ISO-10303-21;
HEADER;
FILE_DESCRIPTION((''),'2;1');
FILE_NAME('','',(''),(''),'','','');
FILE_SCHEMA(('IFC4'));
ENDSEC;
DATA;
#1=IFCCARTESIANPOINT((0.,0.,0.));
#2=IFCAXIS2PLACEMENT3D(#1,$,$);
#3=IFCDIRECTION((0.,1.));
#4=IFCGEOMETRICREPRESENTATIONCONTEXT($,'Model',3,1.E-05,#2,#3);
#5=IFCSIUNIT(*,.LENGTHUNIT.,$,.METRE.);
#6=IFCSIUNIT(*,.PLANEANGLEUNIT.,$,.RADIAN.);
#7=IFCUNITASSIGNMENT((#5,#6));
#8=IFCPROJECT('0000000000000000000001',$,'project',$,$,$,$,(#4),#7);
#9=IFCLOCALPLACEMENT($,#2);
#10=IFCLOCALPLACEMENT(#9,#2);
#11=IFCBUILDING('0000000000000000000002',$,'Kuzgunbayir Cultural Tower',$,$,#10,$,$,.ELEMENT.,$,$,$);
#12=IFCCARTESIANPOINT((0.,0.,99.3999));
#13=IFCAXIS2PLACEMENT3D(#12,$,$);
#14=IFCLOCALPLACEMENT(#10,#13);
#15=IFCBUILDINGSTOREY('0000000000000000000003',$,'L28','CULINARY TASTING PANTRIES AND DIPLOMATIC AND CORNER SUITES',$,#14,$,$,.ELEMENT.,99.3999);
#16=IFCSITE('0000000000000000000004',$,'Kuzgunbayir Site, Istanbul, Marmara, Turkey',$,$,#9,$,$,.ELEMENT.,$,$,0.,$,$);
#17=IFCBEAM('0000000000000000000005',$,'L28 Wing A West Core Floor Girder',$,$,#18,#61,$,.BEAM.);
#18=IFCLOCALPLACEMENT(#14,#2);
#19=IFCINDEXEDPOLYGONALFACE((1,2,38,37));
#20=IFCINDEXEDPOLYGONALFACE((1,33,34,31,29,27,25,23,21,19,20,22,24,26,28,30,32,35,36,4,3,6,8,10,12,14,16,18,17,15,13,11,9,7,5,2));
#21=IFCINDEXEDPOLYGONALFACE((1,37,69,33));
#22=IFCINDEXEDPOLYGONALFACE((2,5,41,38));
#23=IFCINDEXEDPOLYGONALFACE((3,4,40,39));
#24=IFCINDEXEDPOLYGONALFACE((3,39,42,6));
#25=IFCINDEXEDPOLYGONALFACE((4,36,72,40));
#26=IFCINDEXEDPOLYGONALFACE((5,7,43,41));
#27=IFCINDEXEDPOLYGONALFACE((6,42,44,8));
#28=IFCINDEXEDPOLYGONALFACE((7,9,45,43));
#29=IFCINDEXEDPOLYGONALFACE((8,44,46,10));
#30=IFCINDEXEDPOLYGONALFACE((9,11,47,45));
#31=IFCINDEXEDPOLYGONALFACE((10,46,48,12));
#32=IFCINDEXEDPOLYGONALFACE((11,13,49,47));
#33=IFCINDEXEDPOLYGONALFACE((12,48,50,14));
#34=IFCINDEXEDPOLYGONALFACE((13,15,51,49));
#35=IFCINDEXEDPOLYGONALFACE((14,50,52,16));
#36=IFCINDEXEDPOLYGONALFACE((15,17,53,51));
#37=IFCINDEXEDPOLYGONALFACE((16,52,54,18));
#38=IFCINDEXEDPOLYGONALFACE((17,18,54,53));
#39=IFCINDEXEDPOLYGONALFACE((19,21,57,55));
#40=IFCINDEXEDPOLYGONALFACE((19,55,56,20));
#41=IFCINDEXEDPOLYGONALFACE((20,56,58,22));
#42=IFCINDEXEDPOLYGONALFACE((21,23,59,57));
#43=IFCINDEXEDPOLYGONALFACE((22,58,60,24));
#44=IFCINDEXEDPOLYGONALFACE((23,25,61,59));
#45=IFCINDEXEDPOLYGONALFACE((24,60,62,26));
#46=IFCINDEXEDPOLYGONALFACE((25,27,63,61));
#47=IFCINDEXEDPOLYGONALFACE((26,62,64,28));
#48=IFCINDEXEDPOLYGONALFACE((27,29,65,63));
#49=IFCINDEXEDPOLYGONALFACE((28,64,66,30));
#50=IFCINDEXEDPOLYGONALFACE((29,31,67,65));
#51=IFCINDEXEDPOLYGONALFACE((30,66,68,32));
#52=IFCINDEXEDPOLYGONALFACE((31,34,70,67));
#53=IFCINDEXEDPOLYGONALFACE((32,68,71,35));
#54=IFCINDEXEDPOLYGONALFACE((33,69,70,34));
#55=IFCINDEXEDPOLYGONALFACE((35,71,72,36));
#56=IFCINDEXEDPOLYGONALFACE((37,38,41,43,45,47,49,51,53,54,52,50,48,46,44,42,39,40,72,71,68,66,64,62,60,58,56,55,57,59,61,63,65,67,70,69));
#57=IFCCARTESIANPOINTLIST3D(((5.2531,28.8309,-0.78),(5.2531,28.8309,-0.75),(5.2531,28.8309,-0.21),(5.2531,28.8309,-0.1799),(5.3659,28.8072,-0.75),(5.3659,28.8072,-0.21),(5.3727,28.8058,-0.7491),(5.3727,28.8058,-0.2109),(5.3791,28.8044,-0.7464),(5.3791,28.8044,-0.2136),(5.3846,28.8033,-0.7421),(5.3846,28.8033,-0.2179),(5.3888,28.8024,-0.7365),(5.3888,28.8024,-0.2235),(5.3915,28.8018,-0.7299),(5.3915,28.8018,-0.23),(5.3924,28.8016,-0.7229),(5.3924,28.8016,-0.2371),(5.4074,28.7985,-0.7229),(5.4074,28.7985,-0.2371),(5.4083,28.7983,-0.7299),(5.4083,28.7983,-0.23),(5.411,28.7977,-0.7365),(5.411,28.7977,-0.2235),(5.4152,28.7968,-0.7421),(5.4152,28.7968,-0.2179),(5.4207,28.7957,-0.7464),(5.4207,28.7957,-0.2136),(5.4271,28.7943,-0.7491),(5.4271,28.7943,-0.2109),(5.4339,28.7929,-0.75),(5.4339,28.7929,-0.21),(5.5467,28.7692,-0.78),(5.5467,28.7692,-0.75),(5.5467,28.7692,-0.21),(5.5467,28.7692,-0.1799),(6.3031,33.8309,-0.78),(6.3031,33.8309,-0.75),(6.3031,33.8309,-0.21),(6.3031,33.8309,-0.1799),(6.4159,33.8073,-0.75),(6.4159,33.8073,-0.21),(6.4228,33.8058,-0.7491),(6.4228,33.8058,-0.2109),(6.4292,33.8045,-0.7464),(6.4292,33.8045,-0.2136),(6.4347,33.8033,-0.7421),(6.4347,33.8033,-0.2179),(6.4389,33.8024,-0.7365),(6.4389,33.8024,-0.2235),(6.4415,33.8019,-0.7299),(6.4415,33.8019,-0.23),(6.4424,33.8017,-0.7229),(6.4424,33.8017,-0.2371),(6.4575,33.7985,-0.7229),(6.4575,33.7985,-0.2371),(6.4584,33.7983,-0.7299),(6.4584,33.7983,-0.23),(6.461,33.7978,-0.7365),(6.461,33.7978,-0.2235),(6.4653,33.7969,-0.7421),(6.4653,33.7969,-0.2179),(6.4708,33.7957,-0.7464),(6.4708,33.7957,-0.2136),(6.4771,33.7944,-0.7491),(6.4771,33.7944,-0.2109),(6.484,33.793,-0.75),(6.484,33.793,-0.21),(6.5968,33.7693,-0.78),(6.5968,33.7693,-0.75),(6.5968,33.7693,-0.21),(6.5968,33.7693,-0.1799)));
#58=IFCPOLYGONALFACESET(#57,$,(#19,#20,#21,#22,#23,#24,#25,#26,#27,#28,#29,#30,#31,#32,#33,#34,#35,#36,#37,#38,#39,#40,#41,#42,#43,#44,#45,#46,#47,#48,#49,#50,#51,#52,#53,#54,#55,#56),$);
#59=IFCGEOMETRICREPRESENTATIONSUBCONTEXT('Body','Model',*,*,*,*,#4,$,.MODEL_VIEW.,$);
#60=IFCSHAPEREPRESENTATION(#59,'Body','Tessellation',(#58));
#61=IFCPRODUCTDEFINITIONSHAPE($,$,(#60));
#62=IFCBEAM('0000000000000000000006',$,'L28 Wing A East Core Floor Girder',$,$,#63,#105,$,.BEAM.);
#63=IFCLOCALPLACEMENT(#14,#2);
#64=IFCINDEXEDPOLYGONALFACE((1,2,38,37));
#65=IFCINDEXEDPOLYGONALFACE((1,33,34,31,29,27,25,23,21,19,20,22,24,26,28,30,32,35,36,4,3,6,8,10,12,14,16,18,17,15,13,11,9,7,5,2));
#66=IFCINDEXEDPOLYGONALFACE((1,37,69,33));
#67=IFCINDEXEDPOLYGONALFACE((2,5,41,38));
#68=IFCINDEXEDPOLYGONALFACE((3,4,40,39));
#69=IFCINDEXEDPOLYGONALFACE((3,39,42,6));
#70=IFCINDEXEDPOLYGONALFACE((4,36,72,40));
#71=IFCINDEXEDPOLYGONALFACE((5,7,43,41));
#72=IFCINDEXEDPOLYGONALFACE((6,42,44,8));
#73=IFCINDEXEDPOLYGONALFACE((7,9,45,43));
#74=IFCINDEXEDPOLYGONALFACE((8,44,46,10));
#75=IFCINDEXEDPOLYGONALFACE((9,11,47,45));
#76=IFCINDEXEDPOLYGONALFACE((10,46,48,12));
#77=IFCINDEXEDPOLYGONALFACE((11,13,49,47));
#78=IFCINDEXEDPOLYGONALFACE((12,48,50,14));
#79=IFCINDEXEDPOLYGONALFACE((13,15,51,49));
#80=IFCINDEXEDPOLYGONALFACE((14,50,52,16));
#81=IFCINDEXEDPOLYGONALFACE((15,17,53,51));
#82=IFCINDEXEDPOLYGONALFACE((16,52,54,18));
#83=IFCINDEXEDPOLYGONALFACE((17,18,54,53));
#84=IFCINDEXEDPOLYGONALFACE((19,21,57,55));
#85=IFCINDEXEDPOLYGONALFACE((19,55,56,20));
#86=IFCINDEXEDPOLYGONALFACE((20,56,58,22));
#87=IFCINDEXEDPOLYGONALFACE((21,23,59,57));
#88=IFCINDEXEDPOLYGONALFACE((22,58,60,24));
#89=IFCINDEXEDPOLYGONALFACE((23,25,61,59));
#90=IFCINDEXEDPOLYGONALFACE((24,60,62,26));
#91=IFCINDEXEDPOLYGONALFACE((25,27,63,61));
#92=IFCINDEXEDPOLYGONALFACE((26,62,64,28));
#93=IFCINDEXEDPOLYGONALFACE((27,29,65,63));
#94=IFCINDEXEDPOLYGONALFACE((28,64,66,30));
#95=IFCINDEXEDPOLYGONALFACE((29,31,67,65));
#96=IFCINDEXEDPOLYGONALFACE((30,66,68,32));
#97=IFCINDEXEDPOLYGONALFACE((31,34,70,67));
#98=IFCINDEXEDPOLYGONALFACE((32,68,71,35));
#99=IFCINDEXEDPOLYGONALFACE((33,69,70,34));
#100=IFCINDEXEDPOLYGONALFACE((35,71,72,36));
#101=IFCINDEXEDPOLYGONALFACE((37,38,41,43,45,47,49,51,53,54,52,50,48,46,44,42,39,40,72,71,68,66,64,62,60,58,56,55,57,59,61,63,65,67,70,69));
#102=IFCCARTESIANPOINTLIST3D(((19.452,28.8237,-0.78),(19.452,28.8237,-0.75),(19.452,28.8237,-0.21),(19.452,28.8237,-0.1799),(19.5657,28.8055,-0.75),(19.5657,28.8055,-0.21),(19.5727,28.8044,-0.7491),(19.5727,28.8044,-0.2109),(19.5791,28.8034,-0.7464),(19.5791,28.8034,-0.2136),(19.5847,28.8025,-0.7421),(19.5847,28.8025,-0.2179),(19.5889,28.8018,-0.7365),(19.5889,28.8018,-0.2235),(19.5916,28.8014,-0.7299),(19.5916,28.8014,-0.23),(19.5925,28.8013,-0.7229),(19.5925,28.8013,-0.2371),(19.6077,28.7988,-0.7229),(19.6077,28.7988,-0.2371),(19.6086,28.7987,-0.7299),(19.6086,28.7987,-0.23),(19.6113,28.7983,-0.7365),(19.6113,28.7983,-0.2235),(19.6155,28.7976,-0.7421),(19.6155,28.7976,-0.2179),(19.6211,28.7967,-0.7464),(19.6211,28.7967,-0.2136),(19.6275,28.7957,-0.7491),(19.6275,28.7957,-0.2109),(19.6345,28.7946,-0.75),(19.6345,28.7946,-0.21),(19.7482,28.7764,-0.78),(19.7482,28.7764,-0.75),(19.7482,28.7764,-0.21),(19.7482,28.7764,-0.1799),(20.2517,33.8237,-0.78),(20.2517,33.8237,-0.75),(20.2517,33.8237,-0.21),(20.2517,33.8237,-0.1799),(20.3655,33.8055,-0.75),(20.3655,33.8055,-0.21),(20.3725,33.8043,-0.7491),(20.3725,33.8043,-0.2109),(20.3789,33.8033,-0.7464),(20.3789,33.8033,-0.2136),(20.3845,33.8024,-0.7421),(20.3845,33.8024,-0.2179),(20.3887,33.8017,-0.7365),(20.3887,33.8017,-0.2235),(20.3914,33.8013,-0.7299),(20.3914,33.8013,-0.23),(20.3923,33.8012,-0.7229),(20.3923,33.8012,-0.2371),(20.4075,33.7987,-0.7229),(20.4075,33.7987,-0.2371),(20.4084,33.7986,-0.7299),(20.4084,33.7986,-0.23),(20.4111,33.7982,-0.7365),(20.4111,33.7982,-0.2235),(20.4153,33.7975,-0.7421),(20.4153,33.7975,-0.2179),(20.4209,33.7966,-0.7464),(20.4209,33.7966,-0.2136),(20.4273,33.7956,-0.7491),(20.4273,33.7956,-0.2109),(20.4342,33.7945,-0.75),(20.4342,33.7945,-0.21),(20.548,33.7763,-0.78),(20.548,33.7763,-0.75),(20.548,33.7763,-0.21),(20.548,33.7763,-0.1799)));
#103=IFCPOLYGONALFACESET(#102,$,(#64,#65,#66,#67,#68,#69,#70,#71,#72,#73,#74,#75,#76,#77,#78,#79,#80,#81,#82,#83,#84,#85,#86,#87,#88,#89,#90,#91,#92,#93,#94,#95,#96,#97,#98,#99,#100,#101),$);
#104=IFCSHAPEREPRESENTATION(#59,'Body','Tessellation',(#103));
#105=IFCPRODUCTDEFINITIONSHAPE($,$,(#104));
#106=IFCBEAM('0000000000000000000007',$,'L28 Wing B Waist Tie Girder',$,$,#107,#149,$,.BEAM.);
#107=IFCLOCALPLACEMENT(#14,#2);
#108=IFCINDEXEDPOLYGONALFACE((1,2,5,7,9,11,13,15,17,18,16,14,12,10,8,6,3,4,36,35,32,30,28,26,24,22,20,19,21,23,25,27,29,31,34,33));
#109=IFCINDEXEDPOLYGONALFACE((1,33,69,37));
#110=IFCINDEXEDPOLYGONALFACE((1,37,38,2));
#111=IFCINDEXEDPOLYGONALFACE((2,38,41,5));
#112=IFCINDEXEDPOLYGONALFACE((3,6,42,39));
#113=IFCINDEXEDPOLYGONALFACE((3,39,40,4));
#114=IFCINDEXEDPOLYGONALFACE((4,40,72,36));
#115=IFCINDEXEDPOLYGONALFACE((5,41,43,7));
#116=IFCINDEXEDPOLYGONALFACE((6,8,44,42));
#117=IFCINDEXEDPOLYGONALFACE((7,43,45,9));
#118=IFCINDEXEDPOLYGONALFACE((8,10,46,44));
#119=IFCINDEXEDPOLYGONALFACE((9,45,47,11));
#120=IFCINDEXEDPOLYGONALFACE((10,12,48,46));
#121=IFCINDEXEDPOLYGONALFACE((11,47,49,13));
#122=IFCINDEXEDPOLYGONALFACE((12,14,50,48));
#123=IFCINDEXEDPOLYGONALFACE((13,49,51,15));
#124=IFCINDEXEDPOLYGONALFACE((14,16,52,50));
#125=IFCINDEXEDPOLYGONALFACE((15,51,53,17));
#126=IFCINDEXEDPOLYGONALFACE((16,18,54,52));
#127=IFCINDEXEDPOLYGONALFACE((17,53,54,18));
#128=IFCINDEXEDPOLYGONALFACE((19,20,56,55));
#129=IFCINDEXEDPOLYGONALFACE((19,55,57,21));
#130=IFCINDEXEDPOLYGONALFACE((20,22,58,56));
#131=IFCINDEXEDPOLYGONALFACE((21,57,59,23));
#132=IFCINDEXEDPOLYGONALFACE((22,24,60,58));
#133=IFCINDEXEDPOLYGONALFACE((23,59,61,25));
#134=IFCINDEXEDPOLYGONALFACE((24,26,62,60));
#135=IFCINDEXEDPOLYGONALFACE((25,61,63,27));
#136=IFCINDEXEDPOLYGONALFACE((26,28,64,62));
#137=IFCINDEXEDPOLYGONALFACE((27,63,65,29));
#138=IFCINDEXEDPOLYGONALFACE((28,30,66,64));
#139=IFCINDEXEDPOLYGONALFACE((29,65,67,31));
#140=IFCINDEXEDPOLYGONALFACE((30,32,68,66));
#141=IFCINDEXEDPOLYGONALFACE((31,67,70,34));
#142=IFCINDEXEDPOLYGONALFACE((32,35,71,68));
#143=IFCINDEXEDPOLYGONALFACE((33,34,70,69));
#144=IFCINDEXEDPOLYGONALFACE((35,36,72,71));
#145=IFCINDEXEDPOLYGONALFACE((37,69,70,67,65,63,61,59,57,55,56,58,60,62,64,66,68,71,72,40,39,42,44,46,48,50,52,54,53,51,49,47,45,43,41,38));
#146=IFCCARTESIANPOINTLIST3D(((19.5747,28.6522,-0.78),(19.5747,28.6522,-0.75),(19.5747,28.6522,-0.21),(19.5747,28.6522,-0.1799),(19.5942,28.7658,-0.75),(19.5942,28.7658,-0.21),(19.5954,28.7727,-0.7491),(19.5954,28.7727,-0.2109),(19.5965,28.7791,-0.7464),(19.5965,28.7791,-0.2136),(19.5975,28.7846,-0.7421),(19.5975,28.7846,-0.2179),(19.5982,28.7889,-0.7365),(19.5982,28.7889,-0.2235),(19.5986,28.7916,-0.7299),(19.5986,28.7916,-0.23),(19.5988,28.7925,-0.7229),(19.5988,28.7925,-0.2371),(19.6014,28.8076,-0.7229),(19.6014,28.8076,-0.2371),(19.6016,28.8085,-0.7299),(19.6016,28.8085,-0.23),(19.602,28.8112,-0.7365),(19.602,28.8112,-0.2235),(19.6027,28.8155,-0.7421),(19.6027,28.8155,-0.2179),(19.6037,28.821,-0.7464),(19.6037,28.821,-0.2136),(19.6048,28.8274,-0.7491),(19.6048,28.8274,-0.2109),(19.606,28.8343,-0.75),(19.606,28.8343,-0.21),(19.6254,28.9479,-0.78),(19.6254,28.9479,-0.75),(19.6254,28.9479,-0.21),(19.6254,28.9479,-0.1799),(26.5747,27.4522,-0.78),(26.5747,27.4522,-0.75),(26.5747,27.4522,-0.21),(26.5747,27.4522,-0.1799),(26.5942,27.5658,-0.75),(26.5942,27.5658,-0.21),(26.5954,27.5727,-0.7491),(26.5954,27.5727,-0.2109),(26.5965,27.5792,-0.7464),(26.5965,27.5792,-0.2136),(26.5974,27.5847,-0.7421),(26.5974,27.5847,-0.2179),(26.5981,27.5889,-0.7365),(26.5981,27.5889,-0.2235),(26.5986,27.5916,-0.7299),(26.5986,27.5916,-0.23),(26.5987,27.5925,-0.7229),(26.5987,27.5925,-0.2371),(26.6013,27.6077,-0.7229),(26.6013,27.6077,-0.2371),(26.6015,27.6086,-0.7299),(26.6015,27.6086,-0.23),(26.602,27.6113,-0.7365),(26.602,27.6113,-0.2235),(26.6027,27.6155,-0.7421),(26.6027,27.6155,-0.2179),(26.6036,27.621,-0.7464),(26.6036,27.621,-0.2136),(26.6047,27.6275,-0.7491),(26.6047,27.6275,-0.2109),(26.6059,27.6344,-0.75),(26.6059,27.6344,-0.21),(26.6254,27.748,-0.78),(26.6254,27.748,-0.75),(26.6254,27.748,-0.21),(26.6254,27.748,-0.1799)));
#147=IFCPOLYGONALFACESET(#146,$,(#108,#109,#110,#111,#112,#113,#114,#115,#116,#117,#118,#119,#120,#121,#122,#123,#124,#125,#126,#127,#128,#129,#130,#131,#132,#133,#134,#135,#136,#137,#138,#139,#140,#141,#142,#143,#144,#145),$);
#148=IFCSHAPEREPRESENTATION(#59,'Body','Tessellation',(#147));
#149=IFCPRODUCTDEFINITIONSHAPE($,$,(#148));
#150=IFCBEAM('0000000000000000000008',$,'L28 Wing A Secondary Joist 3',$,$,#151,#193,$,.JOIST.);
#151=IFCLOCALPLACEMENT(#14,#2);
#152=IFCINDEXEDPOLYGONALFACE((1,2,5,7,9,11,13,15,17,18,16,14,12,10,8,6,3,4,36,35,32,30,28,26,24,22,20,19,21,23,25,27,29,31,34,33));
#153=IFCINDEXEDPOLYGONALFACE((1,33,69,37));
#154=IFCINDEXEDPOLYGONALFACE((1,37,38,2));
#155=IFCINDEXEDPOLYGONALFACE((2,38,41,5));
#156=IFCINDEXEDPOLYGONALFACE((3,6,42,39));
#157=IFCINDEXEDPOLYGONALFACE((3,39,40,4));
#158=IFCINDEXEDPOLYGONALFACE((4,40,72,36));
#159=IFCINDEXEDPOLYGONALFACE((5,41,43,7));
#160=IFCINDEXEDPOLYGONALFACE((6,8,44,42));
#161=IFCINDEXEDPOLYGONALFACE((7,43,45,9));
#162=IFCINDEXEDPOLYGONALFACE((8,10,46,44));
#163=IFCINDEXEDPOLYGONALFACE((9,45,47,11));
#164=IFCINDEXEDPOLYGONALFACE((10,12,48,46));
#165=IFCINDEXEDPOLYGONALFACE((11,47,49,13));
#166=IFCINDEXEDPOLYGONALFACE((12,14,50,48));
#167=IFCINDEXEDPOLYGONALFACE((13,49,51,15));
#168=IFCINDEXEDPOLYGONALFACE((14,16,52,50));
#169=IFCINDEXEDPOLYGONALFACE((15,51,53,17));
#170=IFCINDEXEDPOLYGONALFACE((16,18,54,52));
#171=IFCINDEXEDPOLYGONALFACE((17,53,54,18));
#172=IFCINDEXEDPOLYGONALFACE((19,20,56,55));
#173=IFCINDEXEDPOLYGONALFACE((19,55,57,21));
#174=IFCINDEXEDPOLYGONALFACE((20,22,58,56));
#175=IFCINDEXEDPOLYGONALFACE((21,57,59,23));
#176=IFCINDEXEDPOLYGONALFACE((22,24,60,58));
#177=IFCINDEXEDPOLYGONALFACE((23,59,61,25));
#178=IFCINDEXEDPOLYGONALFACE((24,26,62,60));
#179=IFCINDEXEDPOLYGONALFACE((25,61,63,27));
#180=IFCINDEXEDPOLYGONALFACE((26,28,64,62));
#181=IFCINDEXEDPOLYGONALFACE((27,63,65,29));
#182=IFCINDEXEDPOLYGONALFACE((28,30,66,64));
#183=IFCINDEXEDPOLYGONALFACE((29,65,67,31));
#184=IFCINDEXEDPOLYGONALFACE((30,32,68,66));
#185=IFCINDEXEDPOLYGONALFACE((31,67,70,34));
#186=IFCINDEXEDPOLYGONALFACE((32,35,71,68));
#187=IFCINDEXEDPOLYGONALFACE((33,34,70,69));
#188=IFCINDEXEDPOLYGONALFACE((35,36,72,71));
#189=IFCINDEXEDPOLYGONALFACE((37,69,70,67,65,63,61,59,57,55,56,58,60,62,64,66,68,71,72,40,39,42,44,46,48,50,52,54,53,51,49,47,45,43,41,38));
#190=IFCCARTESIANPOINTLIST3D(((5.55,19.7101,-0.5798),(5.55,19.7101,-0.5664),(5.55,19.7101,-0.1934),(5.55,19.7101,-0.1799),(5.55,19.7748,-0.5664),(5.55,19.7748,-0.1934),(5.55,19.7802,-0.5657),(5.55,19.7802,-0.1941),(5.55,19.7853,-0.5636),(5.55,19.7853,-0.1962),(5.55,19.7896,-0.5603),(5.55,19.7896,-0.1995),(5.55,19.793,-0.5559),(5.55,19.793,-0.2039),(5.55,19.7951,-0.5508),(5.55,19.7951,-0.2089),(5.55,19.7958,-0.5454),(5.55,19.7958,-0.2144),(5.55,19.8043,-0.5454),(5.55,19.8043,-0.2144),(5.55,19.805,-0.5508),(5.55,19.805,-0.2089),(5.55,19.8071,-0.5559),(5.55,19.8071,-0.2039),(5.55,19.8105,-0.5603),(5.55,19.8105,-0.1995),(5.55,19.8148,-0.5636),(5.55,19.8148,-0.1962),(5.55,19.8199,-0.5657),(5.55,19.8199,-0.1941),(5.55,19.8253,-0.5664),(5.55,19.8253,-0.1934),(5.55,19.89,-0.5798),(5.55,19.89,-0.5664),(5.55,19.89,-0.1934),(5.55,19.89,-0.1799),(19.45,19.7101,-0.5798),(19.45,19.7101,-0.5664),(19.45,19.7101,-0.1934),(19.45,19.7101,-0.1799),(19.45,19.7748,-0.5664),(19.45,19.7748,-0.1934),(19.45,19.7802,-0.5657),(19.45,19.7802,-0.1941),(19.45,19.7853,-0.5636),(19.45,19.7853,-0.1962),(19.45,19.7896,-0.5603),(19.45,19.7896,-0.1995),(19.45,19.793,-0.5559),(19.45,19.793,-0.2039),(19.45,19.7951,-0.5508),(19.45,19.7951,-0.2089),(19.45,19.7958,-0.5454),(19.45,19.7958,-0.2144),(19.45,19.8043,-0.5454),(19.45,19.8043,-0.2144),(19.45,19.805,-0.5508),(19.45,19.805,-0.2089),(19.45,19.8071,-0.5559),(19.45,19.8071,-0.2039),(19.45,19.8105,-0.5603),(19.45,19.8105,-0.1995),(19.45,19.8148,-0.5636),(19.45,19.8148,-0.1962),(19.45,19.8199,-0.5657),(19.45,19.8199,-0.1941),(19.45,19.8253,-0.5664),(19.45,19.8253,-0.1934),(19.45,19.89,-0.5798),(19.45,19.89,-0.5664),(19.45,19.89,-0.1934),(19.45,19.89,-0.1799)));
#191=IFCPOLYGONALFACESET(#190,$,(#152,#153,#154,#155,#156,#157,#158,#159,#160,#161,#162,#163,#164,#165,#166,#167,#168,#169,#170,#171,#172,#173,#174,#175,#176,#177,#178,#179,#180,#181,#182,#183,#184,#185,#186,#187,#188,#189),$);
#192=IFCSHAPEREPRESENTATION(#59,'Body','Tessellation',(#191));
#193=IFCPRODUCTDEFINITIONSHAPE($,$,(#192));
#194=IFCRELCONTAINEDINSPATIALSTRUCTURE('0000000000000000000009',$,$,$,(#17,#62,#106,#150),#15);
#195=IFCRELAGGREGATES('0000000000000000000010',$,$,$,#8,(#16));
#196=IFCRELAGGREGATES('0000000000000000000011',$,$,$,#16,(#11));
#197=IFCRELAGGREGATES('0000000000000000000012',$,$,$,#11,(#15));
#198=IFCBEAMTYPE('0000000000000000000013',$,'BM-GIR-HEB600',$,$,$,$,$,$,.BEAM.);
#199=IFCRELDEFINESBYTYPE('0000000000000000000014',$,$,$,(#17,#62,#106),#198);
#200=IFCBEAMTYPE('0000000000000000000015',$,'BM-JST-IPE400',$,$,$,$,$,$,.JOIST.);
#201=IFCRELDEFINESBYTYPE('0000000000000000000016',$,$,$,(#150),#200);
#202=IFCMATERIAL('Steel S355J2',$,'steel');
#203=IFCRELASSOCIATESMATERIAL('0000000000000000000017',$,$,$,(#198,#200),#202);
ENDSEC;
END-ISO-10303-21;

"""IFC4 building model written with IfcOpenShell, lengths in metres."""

from ifc_helpers import new_model, si_unit, direction, frame, origin, origin_2d, place, context, subcontext, project, spatial, i_section, extrude, material, material_profile, profile_set, type_object, element, save


model = new_model("IFC4")

# Units and contexts
model_context = context("Model", 3, precision=1e-05, world=origin(), true_north=direction((0.0, 1.0)))
body_context = subcontext(model_context, "Body", "Model", "MODEL_VIEW")
ifc_project = project(units=[si_unit("LENGTHUNIT", "METRE"), si_unit("PLANEANGLEUNIT", "RADIAN")], contexts=[model_context])

# Site, building, storey
site_placement = place(None, origin())
site = spatial("IfcSite", under=ifc_project, at=site_placement, Name="Kuzgunbayir Site, Istanbul, Marmara, Turkey", CompositionType="ELEMENT", RefElevation=0.0)
building_placement = place(site_placement, origin())
building = spatial("IfcBuilding", under=site, at=building_placement, Name="Kuzgunbayir Cultural Tower", CompositionType="ELEMENT")
storey_placement = place(building_placement, frame((0.0, 0.0, 99.3999)))
storey = spatial("IfcBuildingStorey", under=building, at=storey_placement, Name="L28", Description="CULINARY TASTING PANTRIES AND DIPLOMATIC AND CORNER SUITES", CompositionType="ELEMENT", Elevation=99.3999)

# Beams
ifc_material_1 = material(Name="Steel S355J2", Category="steel")
ifc_material_profile_1 = material_profile(ifc_material_1, i_section(OverallWidth=0.3, OverallDepth=0.6001, WebThickness=0.0154, FlangeThickness=0.03, FilletRadius=0.0271, at=origin_2d()), Name="HEB 600")
ifc_profile_set_1 = profile_set([ifc_material_profile_1], Name="Steel S355J2")
beam_type_1 = type_object("IfcBeamType", Name="BM-GIR-HEB600", PredefinedType="BEAM", material=ifc_profile_set_1)
beam_1_placement = place(storey_placement, frame((5.3999, 28.8, -0.48), z_axis=(0.205526, 0.978652, 0.0), x_axis=(-0.978652, 0.205526, 0.0)))
element("IfcBeam", 1, at=beam_1_placement, inside=storey, type_object=beam_type_1, Name="L28 Wing A West Core Floor Girder", PredefinedType="BEAM", context=body_context, shape_type="SweptSolid", body=[
    extrude(i_section(OverallWidth=0.3, OverallDepth=0.6001, WebThickness=0.0154, FlangeThickness=0.03, FilletRadius=0.0271, at=origin_2d()), origin(), (0.0, 0.0, 1.0), 5.1091),
])
beam_2_placement = place(storey_placement, frame((19.6001, 28.8, -0.48), z_axis=(0.157953, 0.987447, 0.0), x_axis=(-0.987447, 0.157953, 0.0)))
element("IfcBeam", 2, at=beam_2_placement, inside=storey, type_object=beam_type_1, Name="L28 Wing A East Core Floor Girder", PredefinedType="BEAM", context=body_context, shape_type="SweptSolid", body=[
    extrude(i_section(OverallWidth=0.3, OverallDepth=0.6001, WebThickness=0.0154, FlangeThickness=0.03, FilletRadius=0.0271, at=origin_2d()), origin(), (0.0, 0.0, 1.0), 5.0635),
])
beam_3_placement = place(storey_placement, frame((19.6001, 28.8, -0.48), z_axis=(0.985623, -0.168957, 0.0), x_axis=(0.168957, 0.985623, 0.0)))
element("IfcBeam", 3, at=beam_3_placement, inside=storey, type_object=beam_type_1, Name="L28 Wing B Waist Tie Girder", PredefinedType="BEAM", context=body_context, shape_type="SweptSolid", body=[
    extrude(i_section(OverallWidth=0.3, OverallDepth=0.6001, WebThickness=0.0154, FlangeThickness=0.03, FilletRadius=0.0271, at=origin_2d()), origin(), (0.0, 0.0, 1.0), 7.1021),
])
ifc_material_profile_2 = material_profile(ifc_material_1, i_section(OverallWidth=0.1799, OverallDepth=0.3999, WebThickness=0.0085, FlangeThickness=0.0134, FilletRadius=0.021, at=origin_2d()), Name="IPE 400")
ifc_profile_set_2 = profile_set([ifc_material_profile_2], Name="Steel S355J2")
beam_type_2 = type_object("IfcBeamType", Name="BM-JST-IPE400", PredefinedType="JOIST", material=ifc_profile_set_2)
for number, where, z_axis, x_axis, name in (
    (4, (5.55, 19.8, -0.3799), (1.0, 0.0, 0.0), (0.0, 1.0, 0.0), "L28 Wing A Secondary Joist 3"),
):
    element("IfcBeam", number, at=place(storey_placement, frame(where, z_axis=z_axis, x_axis=x_axis)), inside=storey, type_object=beam_type_2, Name=name, PredefinedType="JOIST", context=body_context, shape_type="SweptSolid", body=[
        extrude(i_section(OverallWidth=0.1799, OverallDepth=0.3999, WebThickness=0.0085, FlangeThickness=0.0134, FilletRadius=0.021, at=origin_2d()), origin(), (0.0, 0.0, 1.0), 13.8999),
    ])

save(model, "model.ifc")
